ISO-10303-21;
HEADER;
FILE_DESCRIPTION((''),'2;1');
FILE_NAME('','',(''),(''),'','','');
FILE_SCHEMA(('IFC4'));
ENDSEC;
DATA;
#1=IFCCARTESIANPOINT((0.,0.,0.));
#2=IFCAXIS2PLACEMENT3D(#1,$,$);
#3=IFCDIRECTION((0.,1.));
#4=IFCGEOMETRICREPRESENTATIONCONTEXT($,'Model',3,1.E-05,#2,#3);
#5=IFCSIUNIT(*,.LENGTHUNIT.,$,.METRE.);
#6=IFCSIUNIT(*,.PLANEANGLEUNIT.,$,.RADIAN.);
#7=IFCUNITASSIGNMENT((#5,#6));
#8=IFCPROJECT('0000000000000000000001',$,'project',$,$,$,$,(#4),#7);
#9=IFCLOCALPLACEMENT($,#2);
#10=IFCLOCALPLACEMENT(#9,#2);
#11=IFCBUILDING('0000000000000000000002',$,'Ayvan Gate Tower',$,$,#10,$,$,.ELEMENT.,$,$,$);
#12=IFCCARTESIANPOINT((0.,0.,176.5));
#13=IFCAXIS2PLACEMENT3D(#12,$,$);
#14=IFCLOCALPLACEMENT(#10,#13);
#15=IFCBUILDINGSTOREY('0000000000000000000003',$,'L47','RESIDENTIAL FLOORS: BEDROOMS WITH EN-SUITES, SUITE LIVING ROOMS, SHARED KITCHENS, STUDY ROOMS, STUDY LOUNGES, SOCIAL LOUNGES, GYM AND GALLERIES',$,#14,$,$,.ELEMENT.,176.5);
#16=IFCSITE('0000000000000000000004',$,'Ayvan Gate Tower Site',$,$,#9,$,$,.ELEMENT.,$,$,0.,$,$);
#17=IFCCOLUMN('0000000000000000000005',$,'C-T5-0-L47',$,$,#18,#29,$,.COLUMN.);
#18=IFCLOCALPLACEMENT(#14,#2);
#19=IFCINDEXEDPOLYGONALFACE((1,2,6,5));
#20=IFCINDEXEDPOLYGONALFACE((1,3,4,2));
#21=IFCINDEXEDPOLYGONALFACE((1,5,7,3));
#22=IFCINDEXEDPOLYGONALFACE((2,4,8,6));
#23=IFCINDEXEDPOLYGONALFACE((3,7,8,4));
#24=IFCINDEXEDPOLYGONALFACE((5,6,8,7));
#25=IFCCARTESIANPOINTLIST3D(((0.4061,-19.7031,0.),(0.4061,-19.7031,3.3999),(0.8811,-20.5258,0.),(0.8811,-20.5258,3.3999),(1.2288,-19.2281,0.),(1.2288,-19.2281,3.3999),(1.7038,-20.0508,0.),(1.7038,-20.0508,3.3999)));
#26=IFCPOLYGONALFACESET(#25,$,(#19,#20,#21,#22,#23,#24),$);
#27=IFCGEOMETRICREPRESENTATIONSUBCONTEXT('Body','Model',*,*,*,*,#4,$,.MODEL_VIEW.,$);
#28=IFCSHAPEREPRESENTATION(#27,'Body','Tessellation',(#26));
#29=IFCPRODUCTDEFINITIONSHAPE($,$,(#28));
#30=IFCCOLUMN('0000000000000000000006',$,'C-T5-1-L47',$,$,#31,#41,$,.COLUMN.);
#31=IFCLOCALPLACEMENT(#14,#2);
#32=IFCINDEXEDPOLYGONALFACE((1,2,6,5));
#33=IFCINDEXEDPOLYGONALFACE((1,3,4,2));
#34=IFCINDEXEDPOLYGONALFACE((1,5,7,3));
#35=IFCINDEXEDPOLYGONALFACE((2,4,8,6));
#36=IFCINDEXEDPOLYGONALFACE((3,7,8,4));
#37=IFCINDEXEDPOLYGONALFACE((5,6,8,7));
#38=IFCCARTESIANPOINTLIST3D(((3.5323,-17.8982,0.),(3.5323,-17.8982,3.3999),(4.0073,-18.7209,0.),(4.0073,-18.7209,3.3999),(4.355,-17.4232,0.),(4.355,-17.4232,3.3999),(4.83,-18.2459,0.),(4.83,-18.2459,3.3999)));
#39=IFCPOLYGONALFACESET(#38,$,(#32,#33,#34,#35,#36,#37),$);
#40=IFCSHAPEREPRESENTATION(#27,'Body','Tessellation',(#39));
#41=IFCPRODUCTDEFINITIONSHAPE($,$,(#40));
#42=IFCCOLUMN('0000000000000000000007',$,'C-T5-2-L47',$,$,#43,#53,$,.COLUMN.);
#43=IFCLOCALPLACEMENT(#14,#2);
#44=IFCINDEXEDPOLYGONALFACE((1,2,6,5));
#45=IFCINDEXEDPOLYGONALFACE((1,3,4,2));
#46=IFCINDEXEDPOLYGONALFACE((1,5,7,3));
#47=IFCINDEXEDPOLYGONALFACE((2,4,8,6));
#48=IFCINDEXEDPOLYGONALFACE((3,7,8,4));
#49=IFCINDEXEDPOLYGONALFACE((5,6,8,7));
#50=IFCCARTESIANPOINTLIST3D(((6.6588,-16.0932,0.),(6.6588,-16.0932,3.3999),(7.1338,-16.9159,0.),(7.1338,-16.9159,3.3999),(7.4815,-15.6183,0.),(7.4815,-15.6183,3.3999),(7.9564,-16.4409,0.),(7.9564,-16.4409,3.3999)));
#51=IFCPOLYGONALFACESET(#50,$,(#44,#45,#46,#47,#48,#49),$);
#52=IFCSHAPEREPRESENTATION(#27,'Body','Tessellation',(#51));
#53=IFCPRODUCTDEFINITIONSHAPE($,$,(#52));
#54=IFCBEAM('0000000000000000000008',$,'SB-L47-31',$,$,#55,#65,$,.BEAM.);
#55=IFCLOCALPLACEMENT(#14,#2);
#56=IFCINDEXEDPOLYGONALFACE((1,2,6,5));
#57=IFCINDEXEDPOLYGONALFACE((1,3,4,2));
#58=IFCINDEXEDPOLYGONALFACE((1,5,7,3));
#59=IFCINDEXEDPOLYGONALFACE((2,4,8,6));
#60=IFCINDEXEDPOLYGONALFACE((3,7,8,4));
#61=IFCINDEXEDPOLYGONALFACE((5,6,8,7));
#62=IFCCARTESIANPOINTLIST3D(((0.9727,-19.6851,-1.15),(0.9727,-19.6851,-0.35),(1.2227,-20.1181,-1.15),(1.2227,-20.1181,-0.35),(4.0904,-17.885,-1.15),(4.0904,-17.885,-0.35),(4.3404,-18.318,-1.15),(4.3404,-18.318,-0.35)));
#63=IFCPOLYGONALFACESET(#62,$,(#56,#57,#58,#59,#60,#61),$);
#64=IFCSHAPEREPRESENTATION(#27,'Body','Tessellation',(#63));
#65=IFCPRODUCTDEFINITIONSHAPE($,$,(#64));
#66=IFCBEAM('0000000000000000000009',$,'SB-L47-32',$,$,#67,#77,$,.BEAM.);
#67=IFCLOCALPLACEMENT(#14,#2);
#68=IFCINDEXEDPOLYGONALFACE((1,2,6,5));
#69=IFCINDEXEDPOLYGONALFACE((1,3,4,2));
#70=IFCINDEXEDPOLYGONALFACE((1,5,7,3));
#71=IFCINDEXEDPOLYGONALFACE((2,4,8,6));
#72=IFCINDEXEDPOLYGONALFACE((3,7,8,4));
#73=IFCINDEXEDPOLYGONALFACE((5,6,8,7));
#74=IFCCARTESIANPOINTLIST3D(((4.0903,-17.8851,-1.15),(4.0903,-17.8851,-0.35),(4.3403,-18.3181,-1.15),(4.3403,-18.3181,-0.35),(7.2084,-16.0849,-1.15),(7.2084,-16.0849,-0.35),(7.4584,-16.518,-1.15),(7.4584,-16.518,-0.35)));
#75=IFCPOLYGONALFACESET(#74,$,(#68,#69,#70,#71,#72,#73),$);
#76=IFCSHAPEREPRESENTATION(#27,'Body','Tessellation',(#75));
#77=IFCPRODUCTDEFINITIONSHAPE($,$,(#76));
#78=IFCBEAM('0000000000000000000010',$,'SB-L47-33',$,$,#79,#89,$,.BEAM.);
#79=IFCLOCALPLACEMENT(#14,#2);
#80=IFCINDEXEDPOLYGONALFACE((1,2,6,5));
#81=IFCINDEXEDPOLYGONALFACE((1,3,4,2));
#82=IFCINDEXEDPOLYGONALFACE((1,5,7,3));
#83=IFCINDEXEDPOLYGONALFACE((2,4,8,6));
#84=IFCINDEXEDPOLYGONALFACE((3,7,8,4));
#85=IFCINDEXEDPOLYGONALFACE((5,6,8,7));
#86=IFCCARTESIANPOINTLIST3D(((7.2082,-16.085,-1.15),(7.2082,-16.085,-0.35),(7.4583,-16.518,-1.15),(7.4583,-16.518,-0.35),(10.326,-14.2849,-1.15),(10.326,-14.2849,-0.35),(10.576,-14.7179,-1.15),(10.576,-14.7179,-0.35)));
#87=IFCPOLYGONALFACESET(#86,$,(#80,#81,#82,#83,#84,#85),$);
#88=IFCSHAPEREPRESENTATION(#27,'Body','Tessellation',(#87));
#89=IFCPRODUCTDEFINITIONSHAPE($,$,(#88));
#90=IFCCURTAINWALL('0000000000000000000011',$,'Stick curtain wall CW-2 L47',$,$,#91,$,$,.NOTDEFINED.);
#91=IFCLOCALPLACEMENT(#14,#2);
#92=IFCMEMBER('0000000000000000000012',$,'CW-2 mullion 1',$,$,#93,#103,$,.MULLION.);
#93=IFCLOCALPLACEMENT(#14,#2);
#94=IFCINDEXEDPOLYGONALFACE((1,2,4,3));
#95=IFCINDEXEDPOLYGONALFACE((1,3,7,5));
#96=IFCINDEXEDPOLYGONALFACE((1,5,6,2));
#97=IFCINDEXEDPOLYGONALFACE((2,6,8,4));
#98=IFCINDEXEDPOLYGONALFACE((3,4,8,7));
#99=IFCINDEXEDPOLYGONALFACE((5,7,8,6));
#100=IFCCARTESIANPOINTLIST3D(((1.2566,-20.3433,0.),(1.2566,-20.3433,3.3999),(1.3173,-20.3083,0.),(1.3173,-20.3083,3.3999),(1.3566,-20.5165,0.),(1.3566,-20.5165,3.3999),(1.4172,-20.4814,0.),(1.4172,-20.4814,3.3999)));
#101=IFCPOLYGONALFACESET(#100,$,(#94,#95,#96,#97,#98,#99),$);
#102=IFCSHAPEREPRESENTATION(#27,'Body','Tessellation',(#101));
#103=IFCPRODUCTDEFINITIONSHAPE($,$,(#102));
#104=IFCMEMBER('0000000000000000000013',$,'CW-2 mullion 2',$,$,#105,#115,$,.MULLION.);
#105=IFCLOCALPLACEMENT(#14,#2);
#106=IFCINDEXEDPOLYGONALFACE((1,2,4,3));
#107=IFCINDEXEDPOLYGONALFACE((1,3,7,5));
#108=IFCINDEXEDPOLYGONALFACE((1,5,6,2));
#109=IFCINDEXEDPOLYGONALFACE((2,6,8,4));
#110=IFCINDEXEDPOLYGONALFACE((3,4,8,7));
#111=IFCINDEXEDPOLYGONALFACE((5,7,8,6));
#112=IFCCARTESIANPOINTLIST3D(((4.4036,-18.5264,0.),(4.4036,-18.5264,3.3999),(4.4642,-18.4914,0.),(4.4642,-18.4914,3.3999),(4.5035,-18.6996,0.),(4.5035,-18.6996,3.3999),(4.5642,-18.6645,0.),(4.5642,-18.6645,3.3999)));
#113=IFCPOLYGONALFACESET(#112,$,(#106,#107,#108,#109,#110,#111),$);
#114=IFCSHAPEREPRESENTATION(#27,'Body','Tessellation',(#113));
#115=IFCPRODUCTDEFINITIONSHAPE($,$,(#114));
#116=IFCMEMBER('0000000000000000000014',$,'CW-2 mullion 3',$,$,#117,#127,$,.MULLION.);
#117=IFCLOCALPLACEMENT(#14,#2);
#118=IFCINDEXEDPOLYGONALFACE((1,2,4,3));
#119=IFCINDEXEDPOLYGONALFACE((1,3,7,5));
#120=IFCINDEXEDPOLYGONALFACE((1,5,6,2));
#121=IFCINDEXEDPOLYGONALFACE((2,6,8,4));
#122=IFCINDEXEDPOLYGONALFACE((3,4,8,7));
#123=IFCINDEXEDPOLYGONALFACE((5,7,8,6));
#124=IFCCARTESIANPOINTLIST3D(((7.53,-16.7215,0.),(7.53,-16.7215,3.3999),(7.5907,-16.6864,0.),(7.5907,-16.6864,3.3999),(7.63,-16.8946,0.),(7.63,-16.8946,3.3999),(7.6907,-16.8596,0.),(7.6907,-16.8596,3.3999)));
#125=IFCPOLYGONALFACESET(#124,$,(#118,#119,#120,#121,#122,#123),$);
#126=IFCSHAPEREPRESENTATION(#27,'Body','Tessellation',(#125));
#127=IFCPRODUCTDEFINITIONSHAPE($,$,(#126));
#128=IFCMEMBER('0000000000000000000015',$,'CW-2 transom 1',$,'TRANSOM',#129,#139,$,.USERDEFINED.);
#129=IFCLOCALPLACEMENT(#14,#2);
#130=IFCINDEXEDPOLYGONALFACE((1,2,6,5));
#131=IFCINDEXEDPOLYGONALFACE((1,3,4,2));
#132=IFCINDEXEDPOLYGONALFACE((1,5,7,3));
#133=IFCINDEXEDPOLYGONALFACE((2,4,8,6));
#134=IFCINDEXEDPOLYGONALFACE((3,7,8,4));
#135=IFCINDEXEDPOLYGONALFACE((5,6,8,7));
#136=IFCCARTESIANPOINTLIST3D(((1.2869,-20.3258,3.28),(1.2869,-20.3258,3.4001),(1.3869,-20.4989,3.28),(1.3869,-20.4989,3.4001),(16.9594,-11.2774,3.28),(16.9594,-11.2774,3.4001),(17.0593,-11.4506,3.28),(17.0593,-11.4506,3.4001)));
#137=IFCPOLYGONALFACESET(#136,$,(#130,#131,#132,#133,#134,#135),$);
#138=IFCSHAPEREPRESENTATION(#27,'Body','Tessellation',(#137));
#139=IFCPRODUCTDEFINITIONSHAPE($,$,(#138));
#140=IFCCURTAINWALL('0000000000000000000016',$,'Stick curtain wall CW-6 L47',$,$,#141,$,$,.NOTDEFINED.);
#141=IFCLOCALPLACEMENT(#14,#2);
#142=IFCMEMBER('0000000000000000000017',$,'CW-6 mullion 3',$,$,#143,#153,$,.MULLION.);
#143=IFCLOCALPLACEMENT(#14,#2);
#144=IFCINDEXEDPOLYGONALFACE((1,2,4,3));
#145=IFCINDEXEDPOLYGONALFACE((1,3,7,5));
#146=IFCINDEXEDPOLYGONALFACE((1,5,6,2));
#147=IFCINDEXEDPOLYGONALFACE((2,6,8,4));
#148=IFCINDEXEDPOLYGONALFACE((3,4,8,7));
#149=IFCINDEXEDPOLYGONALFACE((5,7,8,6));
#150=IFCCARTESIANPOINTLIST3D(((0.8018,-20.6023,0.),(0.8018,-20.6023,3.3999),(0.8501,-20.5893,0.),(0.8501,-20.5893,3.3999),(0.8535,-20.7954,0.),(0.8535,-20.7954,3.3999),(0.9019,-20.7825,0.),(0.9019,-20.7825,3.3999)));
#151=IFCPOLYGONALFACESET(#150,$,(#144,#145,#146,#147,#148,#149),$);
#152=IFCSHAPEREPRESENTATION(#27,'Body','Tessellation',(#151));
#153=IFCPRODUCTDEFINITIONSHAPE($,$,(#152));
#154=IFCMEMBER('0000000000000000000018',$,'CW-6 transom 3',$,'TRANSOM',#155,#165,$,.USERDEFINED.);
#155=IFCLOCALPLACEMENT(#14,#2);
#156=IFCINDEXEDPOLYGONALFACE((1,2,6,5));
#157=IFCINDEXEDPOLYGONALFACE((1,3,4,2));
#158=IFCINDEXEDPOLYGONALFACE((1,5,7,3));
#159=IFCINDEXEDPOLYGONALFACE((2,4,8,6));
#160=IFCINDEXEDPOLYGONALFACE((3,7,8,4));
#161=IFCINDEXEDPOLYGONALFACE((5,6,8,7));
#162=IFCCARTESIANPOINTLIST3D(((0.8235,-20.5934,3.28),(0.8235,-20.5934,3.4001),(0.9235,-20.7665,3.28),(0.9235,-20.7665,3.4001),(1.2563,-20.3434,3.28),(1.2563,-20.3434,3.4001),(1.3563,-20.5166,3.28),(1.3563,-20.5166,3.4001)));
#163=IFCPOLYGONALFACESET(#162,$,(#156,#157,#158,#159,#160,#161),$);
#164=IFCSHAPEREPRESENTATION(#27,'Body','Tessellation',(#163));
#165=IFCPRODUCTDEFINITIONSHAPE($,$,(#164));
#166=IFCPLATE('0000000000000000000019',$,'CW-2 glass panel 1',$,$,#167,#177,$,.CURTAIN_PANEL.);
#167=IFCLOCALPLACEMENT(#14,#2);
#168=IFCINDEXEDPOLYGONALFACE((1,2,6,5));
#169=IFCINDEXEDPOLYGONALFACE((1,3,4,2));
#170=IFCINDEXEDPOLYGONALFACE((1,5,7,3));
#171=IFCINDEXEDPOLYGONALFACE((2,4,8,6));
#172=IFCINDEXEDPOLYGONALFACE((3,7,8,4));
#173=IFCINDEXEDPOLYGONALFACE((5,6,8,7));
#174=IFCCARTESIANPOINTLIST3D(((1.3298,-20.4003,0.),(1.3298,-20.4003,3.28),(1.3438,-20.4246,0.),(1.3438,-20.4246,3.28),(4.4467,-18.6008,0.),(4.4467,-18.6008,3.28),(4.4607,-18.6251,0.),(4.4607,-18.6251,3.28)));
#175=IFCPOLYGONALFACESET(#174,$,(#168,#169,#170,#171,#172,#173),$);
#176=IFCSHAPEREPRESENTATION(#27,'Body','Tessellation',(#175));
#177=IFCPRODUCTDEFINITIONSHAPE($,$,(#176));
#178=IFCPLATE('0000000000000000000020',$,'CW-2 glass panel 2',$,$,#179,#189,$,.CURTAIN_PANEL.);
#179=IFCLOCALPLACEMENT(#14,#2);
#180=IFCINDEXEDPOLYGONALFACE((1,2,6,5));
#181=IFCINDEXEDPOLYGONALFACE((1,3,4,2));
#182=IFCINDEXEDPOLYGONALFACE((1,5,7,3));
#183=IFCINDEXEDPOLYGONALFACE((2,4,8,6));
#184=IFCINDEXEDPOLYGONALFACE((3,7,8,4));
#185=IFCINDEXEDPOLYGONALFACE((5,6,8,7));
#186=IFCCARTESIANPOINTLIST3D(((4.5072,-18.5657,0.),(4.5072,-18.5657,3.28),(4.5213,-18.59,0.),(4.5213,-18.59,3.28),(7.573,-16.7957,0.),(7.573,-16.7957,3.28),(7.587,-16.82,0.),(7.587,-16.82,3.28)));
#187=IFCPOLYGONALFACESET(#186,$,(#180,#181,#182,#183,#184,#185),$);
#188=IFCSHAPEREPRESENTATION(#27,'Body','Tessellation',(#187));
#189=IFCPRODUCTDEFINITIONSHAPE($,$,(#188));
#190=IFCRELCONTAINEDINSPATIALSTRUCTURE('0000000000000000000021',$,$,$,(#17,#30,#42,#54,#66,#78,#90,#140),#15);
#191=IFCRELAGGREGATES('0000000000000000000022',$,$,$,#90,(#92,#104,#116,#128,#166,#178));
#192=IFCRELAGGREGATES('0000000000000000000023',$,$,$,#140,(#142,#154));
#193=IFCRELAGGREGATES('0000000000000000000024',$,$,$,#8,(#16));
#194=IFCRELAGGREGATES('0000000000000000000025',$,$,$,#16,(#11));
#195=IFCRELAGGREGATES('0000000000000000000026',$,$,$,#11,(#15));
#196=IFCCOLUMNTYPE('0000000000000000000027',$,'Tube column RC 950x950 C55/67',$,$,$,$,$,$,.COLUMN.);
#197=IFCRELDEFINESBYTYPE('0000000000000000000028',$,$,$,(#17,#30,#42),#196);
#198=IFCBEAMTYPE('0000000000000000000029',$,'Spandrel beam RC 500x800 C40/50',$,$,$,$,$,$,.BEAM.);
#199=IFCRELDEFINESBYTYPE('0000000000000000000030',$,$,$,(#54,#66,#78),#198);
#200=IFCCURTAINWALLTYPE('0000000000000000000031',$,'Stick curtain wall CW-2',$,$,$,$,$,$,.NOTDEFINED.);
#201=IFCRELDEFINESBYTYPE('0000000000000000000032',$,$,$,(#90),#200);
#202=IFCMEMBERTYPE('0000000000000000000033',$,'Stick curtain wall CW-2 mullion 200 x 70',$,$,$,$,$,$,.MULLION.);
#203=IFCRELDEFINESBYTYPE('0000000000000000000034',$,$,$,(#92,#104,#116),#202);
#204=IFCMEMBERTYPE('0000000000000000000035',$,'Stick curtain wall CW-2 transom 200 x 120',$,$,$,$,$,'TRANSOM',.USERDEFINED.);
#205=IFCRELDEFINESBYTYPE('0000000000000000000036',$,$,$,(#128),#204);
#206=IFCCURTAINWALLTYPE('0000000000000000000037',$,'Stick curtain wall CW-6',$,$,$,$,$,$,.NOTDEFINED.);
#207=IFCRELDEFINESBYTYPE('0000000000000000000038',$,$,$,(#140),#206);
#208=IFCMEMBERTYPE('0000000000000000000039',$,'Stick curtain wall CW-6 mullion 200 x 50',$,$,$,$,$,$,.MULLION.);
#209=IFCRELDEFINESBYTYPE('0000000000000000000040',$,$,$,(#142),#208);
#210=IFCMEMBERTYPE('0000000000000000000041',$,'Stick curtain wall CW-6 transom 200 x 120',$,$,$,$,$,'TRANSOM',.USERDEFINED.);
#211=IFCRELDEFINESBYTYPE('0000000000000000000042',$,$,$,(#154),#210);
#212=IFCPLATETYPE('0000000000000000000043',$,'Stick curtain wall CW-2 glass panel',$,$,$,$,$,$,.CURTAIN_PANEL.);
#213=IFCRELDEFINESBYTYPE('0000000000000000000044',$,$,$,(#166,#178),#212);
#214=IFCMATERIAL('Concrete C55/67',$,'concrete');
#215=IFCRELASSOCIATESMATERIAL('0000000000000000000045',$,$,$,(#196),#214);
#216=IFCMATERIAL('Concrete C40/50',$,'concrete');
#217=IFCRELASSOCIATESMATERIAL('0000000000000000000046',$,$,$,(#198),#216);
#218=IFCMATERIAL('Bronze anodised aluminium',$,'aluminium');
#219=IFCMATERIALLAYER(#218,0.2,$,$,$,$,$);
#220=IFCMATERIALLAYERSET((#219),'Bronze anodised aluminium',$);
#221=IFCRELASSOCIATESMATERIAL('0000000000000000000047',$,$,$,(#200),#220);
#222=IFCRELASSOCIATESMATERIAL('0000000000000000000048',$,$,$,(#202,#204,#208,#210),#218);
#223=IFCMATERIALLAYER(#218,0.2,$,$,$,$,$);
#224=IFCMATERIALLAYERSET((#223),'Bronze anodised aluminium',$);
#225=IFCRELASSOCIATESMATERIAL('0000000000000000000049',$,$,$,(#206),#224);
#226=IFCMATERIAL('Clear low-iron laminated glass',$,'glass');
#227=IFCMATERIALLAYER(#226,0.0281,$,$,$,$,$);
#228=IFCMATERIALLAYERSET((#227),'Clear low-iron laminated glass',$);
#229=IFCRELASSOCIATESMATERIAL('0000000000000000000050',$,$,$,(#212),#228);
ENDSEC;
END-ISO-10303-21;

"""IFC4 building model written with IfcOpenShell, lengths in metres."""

from ifc_helpers import new_model, si_unit, direction, frame, origin, origin_2d, place, context, subcontext, project, spatial, rectangle, extrude, material, layer, layer_set, material_profile, profile_set, type_object, element, aggregate, save


model = new_model("IFC4")

# Units and contexts
model_context = context("Model", 3, precision=1e-05, world=origin(), true_north=direction((0.0, 1.0)))
body_context = subcontext(model_context, "Body", "Model", "MODEL_VIEW")
ifc_project = project(units=[si_unit("LENGTHUNIT", "METRE"), si_unit("PLANEANGLEUNIT", "RADIAN")], contexts=[model_context])

# Site, building, storey
site_placement = place(None, origin())
site = spatial("IfcSite", under=ifc_project, at=site_placement, Name="Ayvan Gate Tower Site", CompositionType="ELEMENT", RefElevation=0.0)
building_placement = place(site_placement, origin())
building = spatial("IfcBuilding", under=site, at=building_placement, Name="Ayvan Gate Tower", CompositionType="ELEMENT")
storey_placement = place(building_placement, frame((0.0, 0.0, 176.5)))
storey = spatial("IfcBuildingStorey", under=building, at=storey_placement, Name="L47", Description="RESIDENTIAL FLOORS: BEDROOMS WITH EN-SUITES, SUITE LIVING ROOMS, SHARED KITCHENS, STUDY ROOMS, STUDY LOUNGES, SOCIAL LOUNGES, GYM AND GALLERIES", CompositionType="ELEMENT", Elevation=176.5)

# Columns
ifc_material_1 = material(Name="Concrete C55/67", Category="concrete")
ifc_material_profile_1 = material_profile(ifc_material_1, rectangle(XDim=0.95, YDim=0.95, at=origin_2d()), Name="RC 950x950")
ifc_profile_set_1 = profile_set([ifc_material_profile_1], Name="Concrete C55/67")
column_type = type_object("IfcColumnType", Name="Tube column RC 950x950 C55/67", PredefinedType="COLUMN", material=ifc_profile_set_1)
for number, where, z_axis, x_axis, name in (
    (1, (1.0549, -19.877, 0.0), (0.0, 0.0, 1.0), (0.5, -0.866025, 0.0), "C-T5-0-L47"),
    (2, (4.1812, -18.072, 0.0), (0.0, 0.0, 1.0), (0.5, -0.866025, 0.0), "C-T5-1-L47"),
    (3, (7.3076, -16.2671, 0.0), (0.0, 0.0, 1.0), (0.5, -0.866025, 0.0), "C-T5-2-L47"),
):
    element("IfcColumn", number, at=place(storey_placement, frame(where, z_axis=z_axis, x_axis=x_axis)), inside=storey, type_object=column_type, Name=name, PredefinedType="COLUMN", context=body_context, shape_type="SweptSolid", body=[
        extrude(rectangle(XDim=0.95, YDim=0.95, at=origin_2d()), origin(), (0.0, 0.0, 1.0), 3.3999),
    ])

# Beams
ifc_material_2 = material(Name="Concrete C40/50", Category="concrete")
ifc_material_profile_2 = material_profile(ifc_material_2, rectangle(XDim=0.5, YDim=0.8, at=origin_2d()), Name="RC 500x800")
ifc_profile_set_2 = profile_set([ifc_material_profile_2], Name="Concrete C40/50")
beam_type = type_object("IfcBeamType", Name="Spandrel beam RC 500x800 C40/50", PredefinedType="BEAM", material=ifc_profile_set_2)
beam_1_placement = place(storey_placement, frame((1.0977, -19.9016, -0.75), z_axis=(0.866018, 0.500012, 0.0), x_axis=(-0.500012, 0.866018, 0.0)))
element("IfcBeam", 4, at=beam_1_placement, inside=storey, type_object=beam_type, Name="SB-L47-31", PredefinedType="BEAM", context=body_context, shape_type="SweptSolid", body=[
    extrude(rectangle(XDim=0.5, YDim=0.8, at=origin_2d()), origin(), (0.0, 0.0, 1.0), 3.6001),
])
beam_2_placement = place(storey_placement, frame((4.2153, -18.1016, -0.75), z_axis=(0.866035, 0.499983, 0.0), x_axis=(-0.499983, 0.866035, 0.0)))
element("IfcBeam", 5, at=beam_2_placement, inside=storey, type_object=beam_type, Name="SB-L47-32", PredefinedType="BEAM", context=body_context, shape_type="SweptSolid", body=[
    extrude(rectangle(XDim=0.5, YDim=0.8, at=origin_2d()), origin(), (0.0, 0.0, 1.0), 3.6003),
])
beam_3_placement = place(storey_placement, frame((7.3333, -16.3015, -0.75), z_axis=(0.866018, 0.500012, 0.0), x_axis=(-0.500012, 0.866018, 0.0)))
element("IfcBeam", 6, at=beam_3_placement, inside=storey, type_object=beam_type, Name="SB-L47-33", PredefinedType="BEAM", context=body_context, shape_type="SweptSolid", body=[
    extrude(rectangle(XDim=0.5, YDim=0.8, at=origin_2d()), origin(), (0.0, 0.0, 1.0), 3.6001),
])

# Curtain walls, members
ifc_material_3 = material(Name="Bronze anodised aluminium", Category="aluminium")
ifc_layer_1 = layer(ifc_material_3, 0.2)
ifc_layer_set_1 = layer_set([ifc_layer_1], Name="Bronze anodised aluminium")
curtain_wall_type_1 = type_object("IfcCurtainWallType", Name="Stick curtain wall CW-2", PredefinedType="NOTDEFINED", material=ifc_layer_set_1)
curtain_wall_1_placement = place(storey_placement, origin())
curtain_wall_1 = element("IfcCurtainWall", 7, at=curtain_wall_1_placement, inside=storey, type_object=curtain_wall_type_1, Name="Stick curtain wall CW-2 L47", PredefinedType="NOTDEFINED")
ifc_material_profile_3 = material_profile(ifc_material_3, rectangle(XDim=0.2, YDim=0.0701, at=origin_2d()), Name="Stick curtain wall CW-2 mullion 200 x 70")
ifc_profile_set_3 = profile_set([ifc_material_profile_3], Name="Bronze anodised aluminium")
member_type_1 = type_object("IfcMemberType", Name="Stick curtain wall CW-2 mullion 200 x 70", PredefinedType="MULLION", material=ifc_profile_set_3)
member_1_placement = place(storey_placement, frame((1.3369, -20.4124, 0.0), z_axis=(0.0, 0.0, 1.0), x_axis=(0.5, -0.866025, 0.0)))
member_1 = element("IfcMember", 8, at=member_1_placement, type_object=member_type_1, Name="CW-2 mullion 1", PredefinedType="MULLION", context=body_context, shape_type="SweptSolid", body=[
    extrude(rectangle(XDim=0.2, YDim=0.0701, at=origin_2d()), origin(), (0.0, 0.0, 1.0), 3.3999),
])
member_2_placement = place(storey_placement, frame((4.4839, -18.5955, 0.0), z_axis=(0.0, 0.0, 1.0), x_axis=(0.5, -0.866025, 0.0)))
member_2 = element("IfcMember", 9, at=member_2_placement, type_object=member_type_1, Name="CW-2 mullion 2", PredefinedType="MULLION", context=body_context, shape_type="SweptSolid", body=[
    extrude(rectangle(XDim=0.2, YDim=0.0701, at=origin_2d()), origin(), (0.0, 0.0, 1.0), 3.3999),
])
member_3_placement = place(storey_placement, frame((7.6104, -16.7905, 0.0), z_axis=(0.0, 0.0, 1.0), x_axis=(0.5, -0.866025, 0.0)))
member_3 = element("IfcMember", 10, at=member_3_placement, type_object=member_type_1, Name="CW-2 mullion 3", PredefinedType="MULLION", context=body_context, shape_type="SweptSolid", body=[
    extrude(rectangle(XDim=0.2, YDim=0.0701, at=origin_2d()), origin(), (0.0, 0.0, 1.0), 3.3999),
])
ifc_material_profile_4 = material_profile(ifc_material_3, rectangle(XDim=0.2, YDim=0.1201, at=origin_2d()), Name="Stick curtain wall CW-2 transom 200 x 120")
ifc_profile_set_4 = profile_set([ifc_material_profile_4], Name="Bronze anodised aluminium")
member_type_2 = type_object("IfcMemberType", Name="Stick curtain wall CW-2 transom 200 x 120", ElementType="TRANSOM", PredefinedType="USERDEFINED", material=ifc_profile_set_4)
member_4_placement = place(storey_placement, frame((1.3369, -20.4124, 3.3401), z_axis=(0.866028, 0.499996, 0.0), x_axis=(-0.499996, 0.866028, 0.0)))
member_4 = element("IfcMember", 11, at=member_4_placement, type_object=member_type_2, Name="CW-2 transom 1", ObjectType="TRANSOM", PredefinedType="USERDEFINED", context=body_context, shape_type="SweptSolid", body=[
    extrude(rectangle(XDim=0.2, YDim=0.1201, at=origin_2d()), origin(), (0.0, 0.0, 1.0), 18.0969),
])
ifc_layer_2 = layer(ifc_material_3, 0.2)
ifc_layer_set_2 = layer_set([ifc_layer_2], Name="Bronze anodised aluminium")
curtain_wall_type_2 = type_object("IfcCurtainWallType", Name="Stick curtain wall CW-6", PredefinedType="NOTDEFINED", material=ifc_layer_set_2)
curtain_wall_2_placement = place(storey_placement, origin())
curtain_wall_2 = element("IfcCurtainWall", 12, at=curtain_wall_2_placement, inside=storey, type_object=curtain_wall_type_2, Name="Stick curtain wall CW-6 L47", PredefinedType="NOTDEFINED")
ifc_material_profile_5 = material_profile(ifc_material_3, rectangle(XDim=0.2, YDim=0.05, at=origin_2d()), Name="Stick curtain wall CW-6 mullion 200 x 50")
ifc_profile_set_5 = profile_set([ifc_material_profile_5], Name="Bronze anodised aluminium")
member_type_3 = type_object("IfcMemberType", Name="Stick curtain wall CW-6 mullion 200 x 50", PredefinedType="MULLION", material=ifc_profile_set_5)
member_5_placement = place(storey_placement, frame((0.8518, -20.6924, 0.0), z_axis=(0.0, 0.0, 1.0), x_axis=(0.258819, -0.965926, 0.0)))
member_5 = element("IfcMember", 13, at=member_5_placement, type_object=member_type_3, Name="CW-6 mullion 3", PredefinedType="MULLION", context=body_context, shape_type="SweptSolid", body=[
    extrude(rectangle(XDim=0.2, YDim=0.05, at=origin_2d()), origin(), (0.0, 0.0, 1.0), 3.3999),
])
ifc_material_profile_6 = material_profile(ifc_material_3, rectangle(XDim=0.2, YDim=0.1201, at=origin_2d()), Name="Stick curtain wall CW-6 transom 200 x 120")
ifc_profile_set_6 = profile_set([ifc_material_profile_6], Name="Bronze anodised aluminium")
member_type_4 = type_object("IfcMemberType", Name="Stick curtain wall CW-6 transom 200 x 120", ElementType="TRANSOM", PredefinedType="USERDEFINED", material=ifc_profile_set_6)
member_6_placement = place(storey_placement, frame((0.8735, -20.6799, 3.3401), z_axis=(0.86595, 0.500131, 0.0), x_axis=(-0.500131, 0.86595, 0.0)))
member_6 = element("IfcMember", 14, at=member_6_placement, type_object=member_type_4, Name="CW-6 transom 3", ObjectType="TRANSOM", PredefinedType="USERDEFINED", context=body_context, shape_type="SweptSolid", body=[
    extrude(rectangle(XDim=0.2, YDim=0.1201, at=origin_2d()), origin(), (0.0, 0.0, 1.0), 0.4998),
])

# Plates
ifc_material_4 = material(Name="Clear low-iron laminated glass", Category="glass")
ifc_layer_3 = layer(ifc_material_4, 0.0281)
ifc_layer_set_3 = layer_set([ifc_layer_3], Name="Clear low-iron laminated glass")
plate_type_1 = type_object("IfcPlateType", Name="Stick curtain wall CW-2 glass panel", PredefinedType="CURTAIN_PANEL", material=ifc_layer_set_3)
plate_1_placement = place(storey_placement, frame((2.8953, -19.5127, 0.0), z_axis=(0.0, 0.0, 1.0), x_axis=(0.866025, 0.5, 0.0)))
plate_1 = element("IfcPlate", 15, at=plate_1_placement, type_object=plate_type_1, Name="CW-2 glass panel 1", PredefinedType="CURTAIN_PANEL", context=body_context, shape_type="SweptSolid", body=[
    extrude(rectangle(XDim=3.5991, YDim=0.0281, at=origin_2d()), origin(), (0.0, 0.0, 1.0), 3.28),
])
plate_2_placement = place(storey_placement, frame((6.0471, -17.6929, 0.0), z_axis=(0.0, 0.0, 1.0), x_axis=(0.866025, 0.5, 0.0)))
plate_2 = element("IfcPlate", 16, at=plate_2_placement, type_object=plate_type_1, Name="CW-2 glass panel 2", PredefinedType="CURTAIN_PANEL", context=body_context, shape_type="SweptSolid", body=[
    extrude(rectangle(XDim=3.54, YDim=0.0281, at=origin_2d()), origin(), (0.0, 0.0, 1.0), 3.28),
])
aggregate(curtain_wall_1, [member_1, member_2, member_3, member_4, plate_1, plate_2])
aggregate(curtain_wall_2, [member_5, member_6])

save(model, "model.ifc")
